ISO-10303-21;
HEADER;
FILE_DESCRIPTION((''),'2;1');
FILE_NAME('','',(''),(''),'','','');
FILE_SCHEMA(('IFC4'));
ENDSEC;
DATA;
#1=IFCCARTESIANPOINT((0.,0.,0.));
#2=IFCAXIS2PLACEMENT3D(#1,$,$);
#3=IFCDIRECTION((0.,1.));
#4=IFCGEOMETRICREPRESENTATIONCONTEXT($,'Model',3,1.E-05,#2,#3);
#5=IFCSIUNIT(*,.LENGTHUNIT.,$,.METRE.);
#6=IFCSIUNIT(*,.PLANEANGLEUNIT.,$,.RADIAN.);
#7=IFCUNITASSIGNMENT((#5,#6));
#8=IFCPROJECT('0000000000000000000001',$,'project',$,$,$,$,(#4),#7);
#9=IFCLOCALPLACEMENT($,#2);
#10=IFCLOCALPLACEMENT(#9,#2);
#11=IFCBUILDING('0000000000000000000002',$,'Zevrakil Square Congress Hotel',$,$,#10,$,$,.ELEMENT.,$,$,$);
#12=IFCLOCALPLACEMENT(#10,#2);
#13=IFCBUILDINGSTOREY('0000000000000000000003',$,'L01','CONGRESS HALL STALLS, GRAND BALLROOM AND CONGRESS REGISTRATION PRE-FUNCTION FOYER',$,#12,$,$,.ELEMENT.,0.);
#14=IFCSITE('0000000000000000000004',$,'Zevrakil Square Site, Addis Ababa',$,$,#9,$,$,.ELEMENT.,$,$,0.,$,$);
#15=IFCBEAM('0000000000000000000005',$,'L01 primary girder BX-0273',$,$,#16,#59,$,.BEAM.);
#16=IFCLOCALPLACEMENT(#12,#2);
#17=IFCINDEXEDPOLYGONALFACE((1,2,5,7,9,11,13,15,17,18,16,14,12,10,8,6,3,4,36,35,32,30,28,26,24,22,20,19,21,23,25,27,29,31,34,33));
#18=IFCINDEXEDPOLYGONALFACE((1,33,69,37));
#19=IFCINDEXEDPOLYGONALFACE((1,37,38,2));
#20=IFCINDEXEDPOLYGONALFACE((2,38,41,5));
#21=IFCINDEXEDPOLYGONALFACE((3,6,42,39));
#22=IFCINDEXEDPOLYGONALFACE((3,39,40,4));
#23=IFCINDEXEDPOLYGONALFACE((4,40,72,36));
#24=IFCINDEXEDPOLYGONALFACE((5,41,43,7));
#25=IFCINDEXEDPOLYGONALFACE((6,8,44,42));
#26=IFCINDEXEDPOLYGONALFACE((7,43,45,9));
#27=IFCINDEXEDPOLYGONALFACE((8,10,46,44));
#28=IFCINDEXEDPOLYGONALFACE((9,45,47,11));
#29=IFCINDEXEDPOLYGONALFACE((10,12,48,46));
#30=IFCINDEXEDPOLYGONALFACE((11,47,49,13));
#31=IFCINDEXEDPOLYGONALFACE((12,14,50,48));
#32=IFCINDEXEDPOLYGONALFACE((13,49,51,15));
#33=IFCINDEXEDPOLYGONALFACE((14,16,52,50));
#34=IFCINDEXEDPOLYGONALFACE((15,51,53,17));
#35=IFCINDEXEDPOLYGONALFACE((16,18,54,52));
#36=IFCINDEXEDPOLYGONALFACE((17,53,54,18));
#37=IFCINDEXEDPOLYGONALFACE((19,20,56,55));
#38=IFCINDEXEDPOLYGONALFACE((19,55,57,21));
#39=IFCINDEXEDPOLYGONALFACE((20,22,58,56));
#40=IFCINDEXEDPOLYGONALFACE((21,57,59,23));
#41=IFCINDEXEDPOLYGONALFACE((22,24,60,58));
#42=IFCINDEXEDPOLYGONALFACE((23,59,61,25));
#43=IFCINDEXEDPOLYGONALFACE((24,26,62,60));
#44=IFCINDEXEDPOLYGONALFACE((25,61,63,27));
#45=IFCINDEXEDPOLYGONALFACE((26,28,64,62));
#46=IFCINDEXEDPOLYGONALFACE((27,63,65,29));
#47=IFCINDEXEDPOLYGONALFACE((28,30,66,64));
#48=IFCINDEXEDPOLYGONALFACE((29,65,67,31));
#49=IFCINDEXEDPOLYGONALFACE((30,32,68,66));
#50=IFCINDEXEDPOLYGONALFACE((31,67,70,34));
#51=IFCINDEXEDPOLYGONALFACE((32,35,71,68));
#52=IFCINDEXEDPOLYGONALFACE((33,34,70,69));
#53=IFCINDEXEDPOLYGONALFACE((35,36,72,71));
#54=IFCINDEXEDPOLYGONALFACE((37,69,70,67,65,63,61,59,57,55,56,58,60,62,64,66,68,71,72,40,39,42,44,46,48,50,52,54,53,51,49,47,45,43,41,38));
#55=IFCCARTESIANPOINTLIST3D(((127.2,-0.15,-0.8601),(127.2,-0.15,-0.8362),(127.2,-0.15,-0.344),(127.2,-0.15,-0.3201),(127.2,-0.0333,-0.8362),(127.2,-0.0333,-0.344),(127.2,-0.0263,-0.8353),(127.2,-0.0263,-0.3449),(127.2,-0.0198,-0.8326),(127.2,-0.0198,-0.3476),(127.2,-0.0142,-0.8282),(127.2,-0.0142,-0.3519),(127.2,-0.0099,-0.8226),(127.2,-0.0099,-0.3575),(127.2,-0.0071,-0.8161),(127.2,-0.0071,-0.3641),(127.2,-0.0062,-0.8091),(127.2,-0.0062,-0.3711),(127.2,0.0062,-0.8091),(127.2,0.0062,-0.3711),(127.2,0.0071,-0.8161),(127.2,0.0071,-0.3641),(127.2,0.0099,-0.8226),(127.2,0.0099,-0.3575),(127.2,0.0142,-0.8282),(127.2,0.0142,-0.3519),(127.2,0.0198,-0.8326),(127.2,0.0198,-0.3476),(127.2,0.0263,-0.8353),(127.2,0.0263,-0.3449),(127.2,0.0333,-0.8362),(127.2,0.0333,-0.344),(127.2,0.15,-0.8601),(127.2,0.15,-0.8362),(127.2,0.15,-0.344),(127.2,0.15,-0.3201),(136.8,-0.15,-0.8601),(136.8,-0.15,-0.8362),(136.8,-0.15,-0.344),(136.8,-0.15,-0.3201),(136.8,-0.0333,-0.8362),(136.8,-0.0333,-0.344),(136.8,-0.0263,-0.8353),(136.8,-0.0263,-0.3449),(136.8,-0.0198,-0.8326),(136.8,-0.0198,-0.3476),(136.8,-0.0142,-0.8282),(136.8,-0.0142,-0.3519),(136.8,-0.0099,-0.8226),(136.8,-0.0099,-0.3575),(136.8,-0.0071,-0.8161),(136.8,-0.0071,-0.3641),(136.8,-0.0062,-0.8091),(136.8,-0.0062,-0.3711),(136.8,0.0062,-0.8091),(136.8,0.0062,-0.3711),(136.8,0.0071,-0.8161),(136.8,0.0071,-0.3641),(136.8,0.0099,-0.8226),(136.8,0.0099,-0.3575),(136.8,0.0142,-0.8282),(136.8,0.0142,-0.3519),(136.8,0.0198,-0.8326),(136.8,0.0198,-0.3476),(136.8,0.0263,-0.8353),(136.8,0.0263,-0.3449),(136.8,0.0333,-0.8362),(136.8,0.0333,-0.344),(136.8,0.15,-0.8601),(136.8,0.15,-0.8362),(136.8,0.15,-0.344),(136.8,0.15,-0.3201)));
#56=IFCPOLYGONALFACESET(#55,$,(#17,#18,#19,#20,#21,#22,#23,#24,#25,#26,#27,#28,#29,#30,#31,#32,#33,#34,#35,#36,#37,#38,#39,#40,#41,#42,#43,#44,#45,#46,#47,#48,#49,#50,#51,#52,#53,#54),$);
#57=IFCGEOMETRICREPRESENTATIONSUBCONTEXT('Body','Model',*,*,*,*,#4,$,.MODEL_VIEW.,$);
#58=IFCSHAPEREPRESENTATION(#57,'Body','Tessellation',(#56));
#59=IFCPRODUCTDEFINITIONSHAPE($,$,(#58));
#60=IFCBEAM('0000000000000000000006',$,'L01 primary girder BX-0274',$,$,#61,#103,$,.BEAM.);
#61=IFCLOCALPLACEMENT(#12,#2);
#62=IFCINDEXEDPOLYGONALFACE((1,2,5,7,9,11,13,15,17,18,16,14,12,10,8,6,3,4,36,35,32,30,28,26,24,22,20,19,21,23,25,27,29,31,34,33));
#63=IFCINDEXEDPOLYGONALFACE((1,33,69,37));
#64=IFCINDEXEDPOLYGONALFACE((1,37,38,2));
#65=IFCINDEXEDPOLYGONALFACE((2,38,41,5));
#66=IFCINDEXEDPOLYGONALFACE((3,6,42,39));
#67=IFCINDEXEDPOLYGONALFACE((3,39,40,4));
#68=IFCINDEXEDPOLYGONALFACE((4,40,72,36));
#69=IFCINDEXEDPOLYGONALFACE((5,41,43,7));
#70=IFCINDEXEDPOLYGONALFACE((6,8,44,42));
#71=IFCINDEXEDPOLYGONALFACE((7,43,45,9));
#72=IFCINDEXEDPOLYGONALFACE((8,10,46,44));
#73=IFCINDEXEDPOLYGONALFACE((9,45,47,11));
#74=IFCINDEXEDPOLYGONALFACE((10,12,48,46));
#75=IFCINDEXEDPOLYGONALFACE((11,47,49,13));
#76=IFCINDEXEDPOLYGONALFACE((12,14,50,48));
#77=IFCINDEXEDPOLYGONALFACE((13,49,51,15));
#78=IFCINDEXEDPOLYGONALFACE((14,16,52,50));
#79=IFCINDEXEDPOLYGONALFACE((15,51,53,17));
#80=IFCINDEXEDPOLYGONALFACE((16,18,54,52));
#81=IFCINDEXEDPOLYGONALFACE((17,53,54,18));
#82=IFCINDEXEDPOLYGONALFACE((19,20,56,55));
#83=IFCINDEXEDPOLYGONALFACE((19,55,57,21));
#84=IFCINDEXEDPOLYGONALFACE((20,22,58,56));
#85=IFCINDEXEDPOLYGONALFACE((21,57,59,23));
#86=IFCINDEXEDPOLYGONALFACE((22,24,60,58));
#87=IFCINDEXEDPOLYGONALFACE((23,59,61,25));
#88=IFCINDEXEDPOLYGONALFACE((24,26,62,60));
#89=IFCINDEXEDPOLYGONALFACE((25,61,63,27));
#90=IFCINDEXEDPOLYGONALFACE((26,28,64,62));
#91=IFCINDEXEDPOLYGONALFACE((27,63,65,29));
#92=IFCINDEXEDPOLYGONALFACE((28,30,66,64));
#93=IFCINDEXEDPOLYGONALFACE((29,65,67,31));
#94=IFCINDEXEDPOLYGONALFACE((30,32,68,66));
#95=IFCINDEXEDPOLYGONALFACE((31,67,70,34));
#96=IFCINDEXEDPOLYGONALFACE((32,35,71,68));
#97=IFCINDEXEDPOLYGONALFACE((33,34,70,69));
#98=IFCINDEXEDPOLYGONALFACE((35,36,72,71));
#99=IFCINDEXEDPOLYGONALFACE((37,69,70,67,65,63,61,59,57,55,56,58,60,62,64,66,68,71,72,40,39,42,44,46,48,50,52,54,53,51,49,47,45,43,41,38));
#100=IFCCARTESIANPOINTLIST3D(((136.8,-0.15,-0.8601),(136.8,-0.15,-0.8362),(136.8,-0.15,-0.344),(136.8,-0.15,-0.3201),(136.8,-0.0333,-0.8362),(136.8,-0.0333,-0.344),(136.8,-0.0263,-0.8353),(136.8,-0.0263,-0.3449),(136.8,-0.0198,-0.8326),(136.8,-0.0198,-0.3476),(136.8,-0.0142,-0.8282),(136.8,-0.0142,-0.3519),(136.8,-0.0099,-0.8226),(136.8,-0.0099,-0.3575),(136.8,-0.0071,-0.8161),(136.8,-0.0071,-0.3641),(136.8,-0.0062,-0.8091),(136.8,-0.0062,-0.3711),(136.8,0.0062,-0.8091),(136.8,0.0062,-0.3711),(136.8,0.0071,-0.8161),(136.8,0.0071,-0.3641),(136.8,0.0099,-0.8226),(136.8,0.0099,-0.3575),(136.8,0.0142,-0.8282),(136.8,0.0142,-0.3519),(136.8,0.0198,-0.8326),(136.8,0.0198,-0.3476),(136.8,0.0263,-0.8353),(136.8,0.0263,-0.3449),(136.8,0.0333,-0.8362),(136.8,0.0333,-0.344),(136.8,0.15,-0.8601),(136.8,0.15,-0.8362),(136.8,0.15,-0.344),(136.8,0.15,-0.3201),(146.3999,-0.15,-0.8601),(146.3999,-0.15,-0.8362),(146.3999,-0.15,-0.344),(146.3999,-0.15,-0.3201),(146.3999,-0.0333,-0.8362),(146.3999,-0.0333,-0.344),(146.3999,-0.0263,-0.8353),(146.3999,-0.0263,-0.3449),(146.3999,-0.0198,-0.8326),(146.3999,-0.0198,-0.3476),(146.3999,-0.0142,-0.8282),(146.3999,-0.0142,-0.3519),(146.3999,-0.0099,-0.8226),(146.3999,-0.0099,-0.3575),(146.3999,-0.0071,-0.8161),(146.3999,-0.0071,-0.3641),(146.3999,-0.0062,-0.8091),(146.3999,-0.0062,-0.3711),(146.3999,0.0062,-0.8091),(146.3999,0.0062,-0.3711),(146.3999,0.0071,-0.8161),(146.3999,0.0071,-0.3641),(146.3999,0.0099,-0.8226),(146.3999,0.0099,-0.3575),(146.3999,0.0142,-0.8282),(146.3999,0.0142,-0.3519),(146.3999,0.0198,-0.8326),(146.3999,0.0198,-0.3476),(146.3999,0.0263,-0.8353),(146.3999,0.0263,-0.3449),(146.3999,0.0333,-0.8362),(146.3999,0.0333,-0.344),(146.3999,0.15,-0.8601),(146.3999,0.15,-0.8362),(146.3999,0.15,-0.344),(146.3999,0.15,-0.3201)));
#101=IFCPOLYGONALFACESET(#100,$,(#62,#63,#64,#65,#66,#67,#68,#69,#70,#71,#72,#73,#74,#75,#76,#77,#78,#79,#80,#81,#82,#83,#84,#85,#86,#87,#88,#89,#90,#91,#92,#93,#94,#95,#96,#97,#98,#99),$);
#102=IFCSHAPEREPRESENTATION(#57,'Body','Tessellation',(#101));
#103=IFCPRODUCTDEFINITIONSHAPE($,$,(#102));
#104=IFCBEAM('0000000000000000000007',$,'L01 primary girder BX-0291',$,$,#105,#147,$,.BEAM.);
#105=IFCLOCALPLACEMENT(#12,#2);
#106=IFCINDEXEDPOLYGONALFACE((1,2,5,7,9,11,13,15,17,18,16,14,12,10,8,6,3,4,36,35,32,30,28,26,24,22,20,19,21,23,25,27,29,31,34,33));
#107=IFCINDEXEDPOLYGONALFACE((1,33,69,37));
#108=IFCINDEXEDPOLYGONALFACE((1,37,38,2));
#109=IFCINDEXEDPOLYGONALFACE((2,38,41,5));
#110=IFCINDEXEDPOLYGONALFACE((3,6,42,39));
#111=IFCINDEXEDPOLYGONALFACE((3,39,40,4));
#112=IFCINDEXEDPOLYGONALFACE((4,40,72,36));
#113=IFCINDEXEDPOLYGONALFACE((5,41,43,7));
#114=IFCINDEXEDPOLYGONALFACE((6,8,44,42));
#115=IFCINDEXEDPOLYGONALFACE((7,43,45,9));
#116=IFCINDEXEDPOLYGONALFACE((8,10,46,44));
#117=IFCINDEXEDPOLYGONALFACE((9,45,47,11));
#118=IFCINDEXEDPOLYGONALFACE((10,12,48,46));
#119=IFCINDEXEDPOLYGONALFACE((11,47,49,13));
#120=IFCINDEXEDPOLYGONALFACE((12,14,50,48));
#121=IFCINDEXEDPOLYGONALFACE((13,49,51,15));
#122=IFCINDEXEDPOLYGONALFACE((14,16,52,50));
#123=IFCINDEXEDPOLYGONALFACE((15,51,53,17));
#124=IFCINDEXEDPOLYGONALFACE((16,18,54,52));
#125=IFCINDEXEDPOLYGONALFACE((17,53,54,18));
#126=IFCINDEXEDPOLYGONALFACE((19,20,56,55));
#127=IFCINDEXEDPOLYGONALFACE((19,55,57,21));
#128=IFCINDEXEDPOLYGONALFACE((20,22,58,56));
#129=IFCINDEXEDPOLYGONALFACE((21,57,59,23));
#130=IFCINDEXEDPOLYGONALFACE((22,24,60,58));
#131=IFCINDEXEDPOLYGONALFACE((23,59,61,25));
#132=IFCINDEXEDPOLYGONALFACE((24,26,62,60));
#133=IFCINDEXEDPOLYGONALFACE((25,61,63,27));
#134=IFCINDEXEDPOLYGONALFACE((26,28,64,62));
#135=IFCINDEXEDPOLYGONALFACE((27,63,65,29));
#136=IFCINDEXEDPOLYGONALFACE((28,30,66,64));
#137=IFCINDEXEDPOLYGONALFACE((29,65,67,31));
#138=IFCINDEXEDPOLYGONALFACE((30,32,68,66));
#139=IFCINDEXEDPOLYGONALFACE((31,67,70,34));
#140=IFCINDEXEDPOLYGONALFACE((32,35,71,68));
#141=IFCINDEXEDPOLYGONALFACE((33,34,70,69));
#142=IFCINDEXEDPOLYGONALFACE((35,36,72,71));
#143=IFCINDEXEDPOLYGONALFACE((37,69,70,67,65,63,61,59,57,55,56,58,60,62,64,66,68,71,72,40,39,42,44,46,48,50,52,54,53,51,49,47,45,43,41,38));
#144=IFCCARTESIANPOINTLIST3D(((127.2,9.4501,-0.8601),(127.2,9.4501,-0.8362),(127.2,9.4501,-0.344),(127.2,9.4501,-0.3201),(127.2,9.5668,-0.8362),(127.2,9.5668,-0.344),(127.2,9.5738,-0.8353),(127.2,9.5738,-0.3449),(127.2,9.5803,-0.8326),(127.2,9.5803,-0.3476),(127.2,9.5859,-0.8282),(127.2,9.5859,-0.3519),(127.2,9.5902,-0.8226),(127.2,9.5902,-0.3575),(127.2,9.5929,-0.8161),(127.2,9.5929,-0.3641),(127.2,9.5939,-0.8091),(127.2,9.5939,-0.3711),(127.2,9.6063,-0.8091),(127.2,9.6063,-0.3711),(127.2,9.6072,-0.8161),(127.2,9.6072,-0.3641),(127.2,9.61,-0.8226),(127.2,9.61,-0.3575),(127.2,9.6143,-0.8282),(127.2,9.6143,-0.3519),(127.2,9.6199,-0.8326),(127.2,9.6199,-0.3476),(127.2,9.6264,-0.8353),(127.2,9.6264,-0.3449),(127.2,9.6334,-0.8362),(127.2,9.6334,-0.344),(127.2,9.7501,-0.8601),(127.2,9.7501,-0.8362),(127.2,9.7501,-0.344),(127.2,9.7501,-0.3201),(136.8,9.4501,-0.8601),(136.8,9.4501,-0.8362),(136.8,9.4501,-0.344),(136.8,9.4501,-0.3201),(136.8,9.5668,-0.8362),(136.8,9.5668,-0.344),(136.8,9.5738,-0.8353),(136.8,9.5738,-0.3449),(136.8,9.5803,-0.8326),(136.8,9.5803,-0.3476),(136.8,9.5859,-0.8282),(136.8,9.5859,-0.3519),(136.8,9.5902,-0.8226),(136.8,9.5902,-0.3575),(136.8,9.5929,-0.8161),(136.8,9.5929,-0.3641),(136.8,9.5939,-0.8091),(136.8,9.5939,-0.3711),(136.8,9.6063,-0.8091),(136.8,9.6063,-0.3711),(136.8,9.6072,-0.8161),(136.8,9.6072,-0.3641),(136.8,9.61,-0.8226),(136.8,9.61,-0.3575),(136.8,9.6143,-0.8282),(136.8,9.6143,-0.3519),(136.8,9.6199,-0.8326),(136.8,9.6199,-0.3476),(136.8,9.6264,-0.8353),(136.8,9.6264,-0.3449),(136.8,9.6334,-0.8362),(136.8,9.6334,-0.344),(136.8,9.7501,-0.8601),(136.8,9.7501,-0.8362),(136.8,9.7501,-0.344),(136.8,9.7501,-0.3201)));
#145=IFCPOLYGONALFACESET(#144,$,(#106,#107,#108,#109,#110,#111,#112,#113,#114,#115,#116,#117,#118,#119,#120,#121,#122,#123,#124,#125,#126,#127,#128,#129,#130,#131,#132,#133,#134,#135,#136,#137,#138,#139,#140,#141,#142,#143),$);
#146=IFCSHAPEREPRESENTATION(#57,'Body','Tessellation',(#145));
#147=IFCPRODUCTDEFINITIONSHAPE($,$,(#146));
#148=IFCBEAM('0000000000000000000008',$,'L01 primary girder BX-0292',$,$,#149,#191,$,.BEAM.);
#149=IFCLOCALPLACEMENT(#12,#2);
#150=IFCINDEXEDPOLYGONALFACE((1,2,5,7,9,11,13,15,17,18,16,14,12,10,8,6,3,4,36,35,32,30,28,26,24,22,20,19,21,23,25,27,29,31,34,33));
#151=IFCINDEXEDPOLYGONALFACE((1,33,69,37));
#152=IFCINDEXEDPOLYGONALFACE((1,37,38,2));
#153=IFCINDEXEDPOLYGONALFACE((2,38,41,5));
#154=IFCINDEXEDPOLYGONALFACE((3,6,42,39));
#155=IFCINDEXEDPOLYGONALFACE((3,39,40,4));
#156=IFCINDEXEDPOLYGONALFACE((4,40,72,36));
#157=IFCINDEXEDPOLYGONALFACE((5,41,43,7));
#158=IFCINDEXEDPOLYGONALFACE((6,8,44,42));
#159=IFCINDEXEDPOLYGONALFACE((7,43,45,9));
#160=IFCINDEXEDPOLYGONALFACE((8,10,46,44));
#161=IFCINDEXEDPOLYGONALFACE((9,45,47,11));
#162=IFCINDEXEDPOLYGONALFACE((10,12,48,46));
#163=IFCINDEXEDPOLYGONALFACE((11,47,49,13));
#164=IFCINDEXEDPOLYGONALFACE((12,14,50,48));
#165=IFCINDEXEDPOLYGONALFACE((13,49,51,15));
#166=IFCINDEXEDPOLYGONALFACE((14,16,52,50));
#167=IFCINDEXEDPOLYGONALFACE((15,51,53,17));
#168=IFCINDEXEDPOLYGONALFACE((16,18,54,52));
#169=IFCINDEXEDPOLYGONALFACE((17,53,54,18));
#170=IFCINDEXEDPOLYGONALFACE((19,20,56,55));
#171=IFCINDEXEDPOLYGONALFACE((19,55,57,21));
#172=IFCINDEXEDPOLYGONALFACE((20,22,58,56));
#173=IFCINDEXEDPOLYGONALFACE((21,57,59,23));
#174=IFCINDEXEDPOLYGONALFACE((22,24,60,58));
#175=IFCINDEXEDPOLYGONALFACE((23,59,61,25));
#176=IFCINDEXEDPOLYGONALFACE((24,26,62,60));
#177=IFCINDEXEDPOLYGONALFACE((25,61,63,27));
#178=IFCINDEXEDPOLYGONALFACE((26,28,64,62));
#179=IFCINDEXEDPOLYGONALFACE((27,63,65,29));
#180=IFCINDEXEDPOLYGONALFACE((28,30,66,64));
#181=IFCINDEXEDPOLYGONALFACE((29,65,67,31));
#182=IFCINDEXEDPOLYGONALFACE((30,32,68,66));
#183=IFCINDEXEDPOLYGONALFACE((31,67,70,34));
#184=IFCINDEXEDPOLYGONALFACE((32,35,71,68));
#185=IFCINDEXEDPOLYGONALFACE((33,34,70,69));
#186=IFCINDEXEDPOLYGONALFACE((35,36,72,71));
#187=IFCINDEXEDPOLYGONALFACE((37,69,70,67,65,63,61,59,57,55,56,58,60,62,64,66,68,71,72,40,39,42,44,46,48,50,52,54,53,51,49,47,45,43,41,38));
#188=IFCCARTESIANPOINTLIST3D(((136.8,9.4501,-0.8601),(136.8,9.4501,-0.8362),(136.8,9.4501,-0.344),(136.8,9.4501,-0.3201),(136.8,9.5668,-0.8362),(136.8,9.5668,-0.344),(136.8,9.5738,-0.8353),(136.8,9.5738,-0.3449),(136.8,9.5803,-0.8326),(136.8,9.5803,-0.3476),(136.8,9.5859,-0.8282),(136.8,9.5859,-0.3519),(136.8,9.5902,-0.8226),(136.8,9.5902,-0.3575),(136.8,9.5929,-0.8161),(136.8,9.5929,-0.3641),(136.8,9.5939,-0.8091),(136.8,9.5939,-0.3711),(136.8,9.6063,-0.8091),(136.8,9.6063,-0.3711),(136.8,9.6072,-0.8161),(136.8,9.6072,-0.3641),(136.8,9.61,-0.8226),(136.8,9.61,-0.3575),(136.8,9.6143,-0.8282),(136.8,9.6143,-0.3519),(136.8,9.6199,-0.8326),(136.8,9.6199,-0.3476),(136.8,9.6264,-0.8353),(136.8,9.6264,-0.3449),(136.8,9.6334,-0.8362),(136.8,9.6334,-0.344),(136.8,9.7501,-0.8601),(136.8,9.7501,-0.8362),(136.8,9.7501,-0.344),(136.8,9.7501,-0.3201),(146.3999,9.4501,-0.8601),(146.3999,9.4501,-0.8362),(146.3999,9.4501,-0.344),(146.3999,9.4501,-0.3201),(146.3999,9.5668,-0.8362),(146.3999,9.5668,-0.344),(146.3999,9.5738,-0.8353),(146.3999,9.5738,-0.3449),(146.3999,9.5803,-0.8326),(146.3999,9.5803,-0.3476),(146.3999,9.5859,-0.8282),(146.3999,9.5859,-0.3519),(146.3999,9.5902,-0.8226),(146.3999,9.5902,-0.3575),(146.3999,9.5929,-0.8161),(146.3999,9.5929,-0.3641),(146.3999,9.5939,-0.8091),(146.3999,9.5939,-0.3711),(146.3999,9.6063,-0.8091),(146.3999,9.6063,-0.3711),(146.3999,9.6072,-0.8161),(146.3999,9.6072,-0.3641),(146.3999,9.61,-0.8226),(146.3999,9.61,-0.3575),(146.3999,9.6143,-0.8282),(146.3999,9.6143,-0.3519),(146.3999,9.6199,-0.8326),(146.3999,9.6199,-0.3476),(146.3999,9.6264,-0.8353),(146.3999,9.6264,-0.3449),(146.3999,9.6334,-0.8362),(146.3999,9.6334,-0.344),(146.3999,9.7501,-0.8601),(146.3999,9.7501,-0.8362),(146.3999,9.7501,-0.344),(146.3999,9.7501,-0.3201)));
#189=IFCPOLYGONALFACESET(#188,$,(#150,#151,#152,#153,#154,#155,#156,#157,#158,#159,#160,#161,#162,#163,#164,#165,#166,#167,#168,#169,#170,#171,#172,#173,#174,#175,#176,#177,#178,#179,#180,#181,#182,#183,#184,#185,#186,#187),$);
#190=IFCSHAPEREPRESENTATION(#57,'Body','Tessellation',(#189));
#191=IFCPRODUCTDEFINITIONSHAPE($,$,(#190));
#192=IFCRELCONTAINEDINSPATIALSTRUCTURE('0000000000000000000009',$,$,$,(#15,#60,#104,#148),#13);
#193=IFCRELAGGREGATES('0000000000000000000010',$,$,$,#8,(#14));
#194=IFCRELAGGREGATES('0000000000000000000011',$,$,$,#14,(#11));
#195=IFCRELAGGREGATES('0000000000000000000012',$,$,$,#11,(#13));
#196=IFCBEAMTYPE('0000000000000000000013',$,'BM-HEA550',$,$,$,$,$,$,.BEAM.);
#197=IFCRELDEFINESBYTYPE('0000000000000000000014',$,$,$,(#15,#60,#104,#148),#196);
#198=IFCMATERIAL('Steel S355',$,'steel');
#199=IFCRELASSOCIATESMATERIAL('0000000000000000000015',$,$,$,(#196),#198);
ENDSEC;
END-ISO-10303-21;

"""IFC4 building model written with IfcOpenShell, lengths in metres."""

from ifc_helpers import new_model, si_unit, direction, frame, origin, origin_2d, place, context, subcontext, project, spatial, i_section, extrude, material, material_profile, profile_set, type_object, element, save


model = new_model("IFC4")

# Units and contexts
model_context = context("Model", 3, precision=1e-05, world=origin(), true_north=direction((0.0, 1.0)))
body_context = subcontext(model_context, "Body", "Model", "MODEL_VIEW")
ifc_project = project(units=[si_unit("LENGTHUNIT", "METRE"), si_unit("PLANEANGLEUNIT", "RADIAN")], contexts=[model_context])

# Site, building, storey
site_placement = place(None, origin())
site = spatial("IfcSite", under=ifc_project, at=site_placement, Name="Zevrakil Square Site, Addis Ababa", CompositionType="ELEMENT", RefElevation=0.0)
building_placement = place(site_placement, origin())
building = spatial("IfcBuilding", under=site, at=building_placement, Name="Zevrakil Square Congress Hotel", CompositionType="ELEMENT")
storey_placement = place(building_placement, origin())
storey = spatial("IfcBuildingStorey", under=building, at=storey_placement, Name="L01", Description="CONGRESS HALL STALLS, GRAND BALLROOM AND CONGRESS REGISTRATION PRE-FUNCTION FOYER", CompositionType="ELEMENT", Elevation=0.0)

# Beams
ifc_material_1 = material(Name="Steel S355", Category="steel")
ifc_material_profile_1 = material_profile(ifc_material_1, i_section(OverallWidth=0.3, OverallDepth=0.54, WebThickness=0.0125, FlangeThickness=0.0239, FilletRadius=0.0271, at=origin_2d()), Name="HEA 550")
ifc_profile_set_1 = profile_set([ifc_material_profile_1], Name="Steel S355")
beam_type_1 = type_object("IfcBeamType", Name="BM-HEA550", PredefinedType="BEAM", material=ifc_profile_set_1)
beam_1_placement = place(storey_placement, frame((127.2, 0.0, -0.5901), z_axis=(1.0, 0.0, 0.0), x_axis=(0.0, 1.0, 0.0)))
element("IfcBeam", 1, at=beam_1_placement, inside=storey, type_object=beam_type_1, Name="L01 primary girder BX-0273", PredefinedType="BEAM", context=body_context, shape_type="SweptSolid", body=[
    extrude(i_section(OverallWidth=0.3, OverallDepth=0.54, WebThickness=0.0125, FlangeThickness=0.0239, FilletRadius=0.0271, at=origin_2d()), origin(), (0.0, 0.0, 1.0), 9.6001),
])
beam_2_placement = place(storey_placement, frame((136.8, 0.0, -0.5901), z_axis=(1.0, 0.0, 0.0), x_axis=(0.0, 1.0, 0.0)))
element("IfcBeam", 2, at=beam_2_placement, inside=storey, type_object=beam_type_1, Name="L01 primary girder BX-0274", PredefinedType="BEAM", context=body_context, shape_type="SweptSolid", body=[
    extrude(i_section(OverallWidth=0.3, OverallDepth=0.54, WebThickness=0.0125, FlangeThickness=0.0239, FilletRadius=0.0271, at=origin_2d()), origin(), (0.0, 0.0, 1.0), 9.5999),
])
beam_3_placement = place(storey_placement, frame((127.2, 9.6001, -0.5901), z_axis=(1.0, 0.0, 0.0), x_axis=(0.0, 1.0, 0.0)))
element("IfcBeam", 3, at=beam_3_placement, inside=storey, type_object=beam_type_1, Name="L01 primary girder BX-0291", PredefinedType="BEAM", context=body_context, shape_type="SweptSolid", body=[
    extrude(i_section(OverallWidth=0.3, OverallDepth=0.54, WebThickness=0.0125, FlangeThickness=0.0239, FilletRadius=0.0271, at=origin_2d()), origin(), (0.0, 0.0, 1.0), 9.6001),
])
beam_4_placement = place(storey_placement, frame((136.8, 9.6001, -0.5901), z_axis=(1.0, 0.0, 0.0), x_axis=(0.0, 1.0, 0.0)))
element("IfcBeam", 4, at=beam_4_placement, inside=storey, type_object=beam_type_1, Name="L01 primary girder BX-0292", PredefinedType="BEAM", context=body_context, shape_type="SweptSolid", body=[
    extrude(i_section(OverallWidth=0.3, OverallDepth=0.54, WebThickness=0.0125, FlangeThickness=0.0239, FilletRadius=0.0271, at=origin_2d()), origin(), (0.0, 0.0, 1.0), 9.5999),
])

save(model, "model.ifc")
